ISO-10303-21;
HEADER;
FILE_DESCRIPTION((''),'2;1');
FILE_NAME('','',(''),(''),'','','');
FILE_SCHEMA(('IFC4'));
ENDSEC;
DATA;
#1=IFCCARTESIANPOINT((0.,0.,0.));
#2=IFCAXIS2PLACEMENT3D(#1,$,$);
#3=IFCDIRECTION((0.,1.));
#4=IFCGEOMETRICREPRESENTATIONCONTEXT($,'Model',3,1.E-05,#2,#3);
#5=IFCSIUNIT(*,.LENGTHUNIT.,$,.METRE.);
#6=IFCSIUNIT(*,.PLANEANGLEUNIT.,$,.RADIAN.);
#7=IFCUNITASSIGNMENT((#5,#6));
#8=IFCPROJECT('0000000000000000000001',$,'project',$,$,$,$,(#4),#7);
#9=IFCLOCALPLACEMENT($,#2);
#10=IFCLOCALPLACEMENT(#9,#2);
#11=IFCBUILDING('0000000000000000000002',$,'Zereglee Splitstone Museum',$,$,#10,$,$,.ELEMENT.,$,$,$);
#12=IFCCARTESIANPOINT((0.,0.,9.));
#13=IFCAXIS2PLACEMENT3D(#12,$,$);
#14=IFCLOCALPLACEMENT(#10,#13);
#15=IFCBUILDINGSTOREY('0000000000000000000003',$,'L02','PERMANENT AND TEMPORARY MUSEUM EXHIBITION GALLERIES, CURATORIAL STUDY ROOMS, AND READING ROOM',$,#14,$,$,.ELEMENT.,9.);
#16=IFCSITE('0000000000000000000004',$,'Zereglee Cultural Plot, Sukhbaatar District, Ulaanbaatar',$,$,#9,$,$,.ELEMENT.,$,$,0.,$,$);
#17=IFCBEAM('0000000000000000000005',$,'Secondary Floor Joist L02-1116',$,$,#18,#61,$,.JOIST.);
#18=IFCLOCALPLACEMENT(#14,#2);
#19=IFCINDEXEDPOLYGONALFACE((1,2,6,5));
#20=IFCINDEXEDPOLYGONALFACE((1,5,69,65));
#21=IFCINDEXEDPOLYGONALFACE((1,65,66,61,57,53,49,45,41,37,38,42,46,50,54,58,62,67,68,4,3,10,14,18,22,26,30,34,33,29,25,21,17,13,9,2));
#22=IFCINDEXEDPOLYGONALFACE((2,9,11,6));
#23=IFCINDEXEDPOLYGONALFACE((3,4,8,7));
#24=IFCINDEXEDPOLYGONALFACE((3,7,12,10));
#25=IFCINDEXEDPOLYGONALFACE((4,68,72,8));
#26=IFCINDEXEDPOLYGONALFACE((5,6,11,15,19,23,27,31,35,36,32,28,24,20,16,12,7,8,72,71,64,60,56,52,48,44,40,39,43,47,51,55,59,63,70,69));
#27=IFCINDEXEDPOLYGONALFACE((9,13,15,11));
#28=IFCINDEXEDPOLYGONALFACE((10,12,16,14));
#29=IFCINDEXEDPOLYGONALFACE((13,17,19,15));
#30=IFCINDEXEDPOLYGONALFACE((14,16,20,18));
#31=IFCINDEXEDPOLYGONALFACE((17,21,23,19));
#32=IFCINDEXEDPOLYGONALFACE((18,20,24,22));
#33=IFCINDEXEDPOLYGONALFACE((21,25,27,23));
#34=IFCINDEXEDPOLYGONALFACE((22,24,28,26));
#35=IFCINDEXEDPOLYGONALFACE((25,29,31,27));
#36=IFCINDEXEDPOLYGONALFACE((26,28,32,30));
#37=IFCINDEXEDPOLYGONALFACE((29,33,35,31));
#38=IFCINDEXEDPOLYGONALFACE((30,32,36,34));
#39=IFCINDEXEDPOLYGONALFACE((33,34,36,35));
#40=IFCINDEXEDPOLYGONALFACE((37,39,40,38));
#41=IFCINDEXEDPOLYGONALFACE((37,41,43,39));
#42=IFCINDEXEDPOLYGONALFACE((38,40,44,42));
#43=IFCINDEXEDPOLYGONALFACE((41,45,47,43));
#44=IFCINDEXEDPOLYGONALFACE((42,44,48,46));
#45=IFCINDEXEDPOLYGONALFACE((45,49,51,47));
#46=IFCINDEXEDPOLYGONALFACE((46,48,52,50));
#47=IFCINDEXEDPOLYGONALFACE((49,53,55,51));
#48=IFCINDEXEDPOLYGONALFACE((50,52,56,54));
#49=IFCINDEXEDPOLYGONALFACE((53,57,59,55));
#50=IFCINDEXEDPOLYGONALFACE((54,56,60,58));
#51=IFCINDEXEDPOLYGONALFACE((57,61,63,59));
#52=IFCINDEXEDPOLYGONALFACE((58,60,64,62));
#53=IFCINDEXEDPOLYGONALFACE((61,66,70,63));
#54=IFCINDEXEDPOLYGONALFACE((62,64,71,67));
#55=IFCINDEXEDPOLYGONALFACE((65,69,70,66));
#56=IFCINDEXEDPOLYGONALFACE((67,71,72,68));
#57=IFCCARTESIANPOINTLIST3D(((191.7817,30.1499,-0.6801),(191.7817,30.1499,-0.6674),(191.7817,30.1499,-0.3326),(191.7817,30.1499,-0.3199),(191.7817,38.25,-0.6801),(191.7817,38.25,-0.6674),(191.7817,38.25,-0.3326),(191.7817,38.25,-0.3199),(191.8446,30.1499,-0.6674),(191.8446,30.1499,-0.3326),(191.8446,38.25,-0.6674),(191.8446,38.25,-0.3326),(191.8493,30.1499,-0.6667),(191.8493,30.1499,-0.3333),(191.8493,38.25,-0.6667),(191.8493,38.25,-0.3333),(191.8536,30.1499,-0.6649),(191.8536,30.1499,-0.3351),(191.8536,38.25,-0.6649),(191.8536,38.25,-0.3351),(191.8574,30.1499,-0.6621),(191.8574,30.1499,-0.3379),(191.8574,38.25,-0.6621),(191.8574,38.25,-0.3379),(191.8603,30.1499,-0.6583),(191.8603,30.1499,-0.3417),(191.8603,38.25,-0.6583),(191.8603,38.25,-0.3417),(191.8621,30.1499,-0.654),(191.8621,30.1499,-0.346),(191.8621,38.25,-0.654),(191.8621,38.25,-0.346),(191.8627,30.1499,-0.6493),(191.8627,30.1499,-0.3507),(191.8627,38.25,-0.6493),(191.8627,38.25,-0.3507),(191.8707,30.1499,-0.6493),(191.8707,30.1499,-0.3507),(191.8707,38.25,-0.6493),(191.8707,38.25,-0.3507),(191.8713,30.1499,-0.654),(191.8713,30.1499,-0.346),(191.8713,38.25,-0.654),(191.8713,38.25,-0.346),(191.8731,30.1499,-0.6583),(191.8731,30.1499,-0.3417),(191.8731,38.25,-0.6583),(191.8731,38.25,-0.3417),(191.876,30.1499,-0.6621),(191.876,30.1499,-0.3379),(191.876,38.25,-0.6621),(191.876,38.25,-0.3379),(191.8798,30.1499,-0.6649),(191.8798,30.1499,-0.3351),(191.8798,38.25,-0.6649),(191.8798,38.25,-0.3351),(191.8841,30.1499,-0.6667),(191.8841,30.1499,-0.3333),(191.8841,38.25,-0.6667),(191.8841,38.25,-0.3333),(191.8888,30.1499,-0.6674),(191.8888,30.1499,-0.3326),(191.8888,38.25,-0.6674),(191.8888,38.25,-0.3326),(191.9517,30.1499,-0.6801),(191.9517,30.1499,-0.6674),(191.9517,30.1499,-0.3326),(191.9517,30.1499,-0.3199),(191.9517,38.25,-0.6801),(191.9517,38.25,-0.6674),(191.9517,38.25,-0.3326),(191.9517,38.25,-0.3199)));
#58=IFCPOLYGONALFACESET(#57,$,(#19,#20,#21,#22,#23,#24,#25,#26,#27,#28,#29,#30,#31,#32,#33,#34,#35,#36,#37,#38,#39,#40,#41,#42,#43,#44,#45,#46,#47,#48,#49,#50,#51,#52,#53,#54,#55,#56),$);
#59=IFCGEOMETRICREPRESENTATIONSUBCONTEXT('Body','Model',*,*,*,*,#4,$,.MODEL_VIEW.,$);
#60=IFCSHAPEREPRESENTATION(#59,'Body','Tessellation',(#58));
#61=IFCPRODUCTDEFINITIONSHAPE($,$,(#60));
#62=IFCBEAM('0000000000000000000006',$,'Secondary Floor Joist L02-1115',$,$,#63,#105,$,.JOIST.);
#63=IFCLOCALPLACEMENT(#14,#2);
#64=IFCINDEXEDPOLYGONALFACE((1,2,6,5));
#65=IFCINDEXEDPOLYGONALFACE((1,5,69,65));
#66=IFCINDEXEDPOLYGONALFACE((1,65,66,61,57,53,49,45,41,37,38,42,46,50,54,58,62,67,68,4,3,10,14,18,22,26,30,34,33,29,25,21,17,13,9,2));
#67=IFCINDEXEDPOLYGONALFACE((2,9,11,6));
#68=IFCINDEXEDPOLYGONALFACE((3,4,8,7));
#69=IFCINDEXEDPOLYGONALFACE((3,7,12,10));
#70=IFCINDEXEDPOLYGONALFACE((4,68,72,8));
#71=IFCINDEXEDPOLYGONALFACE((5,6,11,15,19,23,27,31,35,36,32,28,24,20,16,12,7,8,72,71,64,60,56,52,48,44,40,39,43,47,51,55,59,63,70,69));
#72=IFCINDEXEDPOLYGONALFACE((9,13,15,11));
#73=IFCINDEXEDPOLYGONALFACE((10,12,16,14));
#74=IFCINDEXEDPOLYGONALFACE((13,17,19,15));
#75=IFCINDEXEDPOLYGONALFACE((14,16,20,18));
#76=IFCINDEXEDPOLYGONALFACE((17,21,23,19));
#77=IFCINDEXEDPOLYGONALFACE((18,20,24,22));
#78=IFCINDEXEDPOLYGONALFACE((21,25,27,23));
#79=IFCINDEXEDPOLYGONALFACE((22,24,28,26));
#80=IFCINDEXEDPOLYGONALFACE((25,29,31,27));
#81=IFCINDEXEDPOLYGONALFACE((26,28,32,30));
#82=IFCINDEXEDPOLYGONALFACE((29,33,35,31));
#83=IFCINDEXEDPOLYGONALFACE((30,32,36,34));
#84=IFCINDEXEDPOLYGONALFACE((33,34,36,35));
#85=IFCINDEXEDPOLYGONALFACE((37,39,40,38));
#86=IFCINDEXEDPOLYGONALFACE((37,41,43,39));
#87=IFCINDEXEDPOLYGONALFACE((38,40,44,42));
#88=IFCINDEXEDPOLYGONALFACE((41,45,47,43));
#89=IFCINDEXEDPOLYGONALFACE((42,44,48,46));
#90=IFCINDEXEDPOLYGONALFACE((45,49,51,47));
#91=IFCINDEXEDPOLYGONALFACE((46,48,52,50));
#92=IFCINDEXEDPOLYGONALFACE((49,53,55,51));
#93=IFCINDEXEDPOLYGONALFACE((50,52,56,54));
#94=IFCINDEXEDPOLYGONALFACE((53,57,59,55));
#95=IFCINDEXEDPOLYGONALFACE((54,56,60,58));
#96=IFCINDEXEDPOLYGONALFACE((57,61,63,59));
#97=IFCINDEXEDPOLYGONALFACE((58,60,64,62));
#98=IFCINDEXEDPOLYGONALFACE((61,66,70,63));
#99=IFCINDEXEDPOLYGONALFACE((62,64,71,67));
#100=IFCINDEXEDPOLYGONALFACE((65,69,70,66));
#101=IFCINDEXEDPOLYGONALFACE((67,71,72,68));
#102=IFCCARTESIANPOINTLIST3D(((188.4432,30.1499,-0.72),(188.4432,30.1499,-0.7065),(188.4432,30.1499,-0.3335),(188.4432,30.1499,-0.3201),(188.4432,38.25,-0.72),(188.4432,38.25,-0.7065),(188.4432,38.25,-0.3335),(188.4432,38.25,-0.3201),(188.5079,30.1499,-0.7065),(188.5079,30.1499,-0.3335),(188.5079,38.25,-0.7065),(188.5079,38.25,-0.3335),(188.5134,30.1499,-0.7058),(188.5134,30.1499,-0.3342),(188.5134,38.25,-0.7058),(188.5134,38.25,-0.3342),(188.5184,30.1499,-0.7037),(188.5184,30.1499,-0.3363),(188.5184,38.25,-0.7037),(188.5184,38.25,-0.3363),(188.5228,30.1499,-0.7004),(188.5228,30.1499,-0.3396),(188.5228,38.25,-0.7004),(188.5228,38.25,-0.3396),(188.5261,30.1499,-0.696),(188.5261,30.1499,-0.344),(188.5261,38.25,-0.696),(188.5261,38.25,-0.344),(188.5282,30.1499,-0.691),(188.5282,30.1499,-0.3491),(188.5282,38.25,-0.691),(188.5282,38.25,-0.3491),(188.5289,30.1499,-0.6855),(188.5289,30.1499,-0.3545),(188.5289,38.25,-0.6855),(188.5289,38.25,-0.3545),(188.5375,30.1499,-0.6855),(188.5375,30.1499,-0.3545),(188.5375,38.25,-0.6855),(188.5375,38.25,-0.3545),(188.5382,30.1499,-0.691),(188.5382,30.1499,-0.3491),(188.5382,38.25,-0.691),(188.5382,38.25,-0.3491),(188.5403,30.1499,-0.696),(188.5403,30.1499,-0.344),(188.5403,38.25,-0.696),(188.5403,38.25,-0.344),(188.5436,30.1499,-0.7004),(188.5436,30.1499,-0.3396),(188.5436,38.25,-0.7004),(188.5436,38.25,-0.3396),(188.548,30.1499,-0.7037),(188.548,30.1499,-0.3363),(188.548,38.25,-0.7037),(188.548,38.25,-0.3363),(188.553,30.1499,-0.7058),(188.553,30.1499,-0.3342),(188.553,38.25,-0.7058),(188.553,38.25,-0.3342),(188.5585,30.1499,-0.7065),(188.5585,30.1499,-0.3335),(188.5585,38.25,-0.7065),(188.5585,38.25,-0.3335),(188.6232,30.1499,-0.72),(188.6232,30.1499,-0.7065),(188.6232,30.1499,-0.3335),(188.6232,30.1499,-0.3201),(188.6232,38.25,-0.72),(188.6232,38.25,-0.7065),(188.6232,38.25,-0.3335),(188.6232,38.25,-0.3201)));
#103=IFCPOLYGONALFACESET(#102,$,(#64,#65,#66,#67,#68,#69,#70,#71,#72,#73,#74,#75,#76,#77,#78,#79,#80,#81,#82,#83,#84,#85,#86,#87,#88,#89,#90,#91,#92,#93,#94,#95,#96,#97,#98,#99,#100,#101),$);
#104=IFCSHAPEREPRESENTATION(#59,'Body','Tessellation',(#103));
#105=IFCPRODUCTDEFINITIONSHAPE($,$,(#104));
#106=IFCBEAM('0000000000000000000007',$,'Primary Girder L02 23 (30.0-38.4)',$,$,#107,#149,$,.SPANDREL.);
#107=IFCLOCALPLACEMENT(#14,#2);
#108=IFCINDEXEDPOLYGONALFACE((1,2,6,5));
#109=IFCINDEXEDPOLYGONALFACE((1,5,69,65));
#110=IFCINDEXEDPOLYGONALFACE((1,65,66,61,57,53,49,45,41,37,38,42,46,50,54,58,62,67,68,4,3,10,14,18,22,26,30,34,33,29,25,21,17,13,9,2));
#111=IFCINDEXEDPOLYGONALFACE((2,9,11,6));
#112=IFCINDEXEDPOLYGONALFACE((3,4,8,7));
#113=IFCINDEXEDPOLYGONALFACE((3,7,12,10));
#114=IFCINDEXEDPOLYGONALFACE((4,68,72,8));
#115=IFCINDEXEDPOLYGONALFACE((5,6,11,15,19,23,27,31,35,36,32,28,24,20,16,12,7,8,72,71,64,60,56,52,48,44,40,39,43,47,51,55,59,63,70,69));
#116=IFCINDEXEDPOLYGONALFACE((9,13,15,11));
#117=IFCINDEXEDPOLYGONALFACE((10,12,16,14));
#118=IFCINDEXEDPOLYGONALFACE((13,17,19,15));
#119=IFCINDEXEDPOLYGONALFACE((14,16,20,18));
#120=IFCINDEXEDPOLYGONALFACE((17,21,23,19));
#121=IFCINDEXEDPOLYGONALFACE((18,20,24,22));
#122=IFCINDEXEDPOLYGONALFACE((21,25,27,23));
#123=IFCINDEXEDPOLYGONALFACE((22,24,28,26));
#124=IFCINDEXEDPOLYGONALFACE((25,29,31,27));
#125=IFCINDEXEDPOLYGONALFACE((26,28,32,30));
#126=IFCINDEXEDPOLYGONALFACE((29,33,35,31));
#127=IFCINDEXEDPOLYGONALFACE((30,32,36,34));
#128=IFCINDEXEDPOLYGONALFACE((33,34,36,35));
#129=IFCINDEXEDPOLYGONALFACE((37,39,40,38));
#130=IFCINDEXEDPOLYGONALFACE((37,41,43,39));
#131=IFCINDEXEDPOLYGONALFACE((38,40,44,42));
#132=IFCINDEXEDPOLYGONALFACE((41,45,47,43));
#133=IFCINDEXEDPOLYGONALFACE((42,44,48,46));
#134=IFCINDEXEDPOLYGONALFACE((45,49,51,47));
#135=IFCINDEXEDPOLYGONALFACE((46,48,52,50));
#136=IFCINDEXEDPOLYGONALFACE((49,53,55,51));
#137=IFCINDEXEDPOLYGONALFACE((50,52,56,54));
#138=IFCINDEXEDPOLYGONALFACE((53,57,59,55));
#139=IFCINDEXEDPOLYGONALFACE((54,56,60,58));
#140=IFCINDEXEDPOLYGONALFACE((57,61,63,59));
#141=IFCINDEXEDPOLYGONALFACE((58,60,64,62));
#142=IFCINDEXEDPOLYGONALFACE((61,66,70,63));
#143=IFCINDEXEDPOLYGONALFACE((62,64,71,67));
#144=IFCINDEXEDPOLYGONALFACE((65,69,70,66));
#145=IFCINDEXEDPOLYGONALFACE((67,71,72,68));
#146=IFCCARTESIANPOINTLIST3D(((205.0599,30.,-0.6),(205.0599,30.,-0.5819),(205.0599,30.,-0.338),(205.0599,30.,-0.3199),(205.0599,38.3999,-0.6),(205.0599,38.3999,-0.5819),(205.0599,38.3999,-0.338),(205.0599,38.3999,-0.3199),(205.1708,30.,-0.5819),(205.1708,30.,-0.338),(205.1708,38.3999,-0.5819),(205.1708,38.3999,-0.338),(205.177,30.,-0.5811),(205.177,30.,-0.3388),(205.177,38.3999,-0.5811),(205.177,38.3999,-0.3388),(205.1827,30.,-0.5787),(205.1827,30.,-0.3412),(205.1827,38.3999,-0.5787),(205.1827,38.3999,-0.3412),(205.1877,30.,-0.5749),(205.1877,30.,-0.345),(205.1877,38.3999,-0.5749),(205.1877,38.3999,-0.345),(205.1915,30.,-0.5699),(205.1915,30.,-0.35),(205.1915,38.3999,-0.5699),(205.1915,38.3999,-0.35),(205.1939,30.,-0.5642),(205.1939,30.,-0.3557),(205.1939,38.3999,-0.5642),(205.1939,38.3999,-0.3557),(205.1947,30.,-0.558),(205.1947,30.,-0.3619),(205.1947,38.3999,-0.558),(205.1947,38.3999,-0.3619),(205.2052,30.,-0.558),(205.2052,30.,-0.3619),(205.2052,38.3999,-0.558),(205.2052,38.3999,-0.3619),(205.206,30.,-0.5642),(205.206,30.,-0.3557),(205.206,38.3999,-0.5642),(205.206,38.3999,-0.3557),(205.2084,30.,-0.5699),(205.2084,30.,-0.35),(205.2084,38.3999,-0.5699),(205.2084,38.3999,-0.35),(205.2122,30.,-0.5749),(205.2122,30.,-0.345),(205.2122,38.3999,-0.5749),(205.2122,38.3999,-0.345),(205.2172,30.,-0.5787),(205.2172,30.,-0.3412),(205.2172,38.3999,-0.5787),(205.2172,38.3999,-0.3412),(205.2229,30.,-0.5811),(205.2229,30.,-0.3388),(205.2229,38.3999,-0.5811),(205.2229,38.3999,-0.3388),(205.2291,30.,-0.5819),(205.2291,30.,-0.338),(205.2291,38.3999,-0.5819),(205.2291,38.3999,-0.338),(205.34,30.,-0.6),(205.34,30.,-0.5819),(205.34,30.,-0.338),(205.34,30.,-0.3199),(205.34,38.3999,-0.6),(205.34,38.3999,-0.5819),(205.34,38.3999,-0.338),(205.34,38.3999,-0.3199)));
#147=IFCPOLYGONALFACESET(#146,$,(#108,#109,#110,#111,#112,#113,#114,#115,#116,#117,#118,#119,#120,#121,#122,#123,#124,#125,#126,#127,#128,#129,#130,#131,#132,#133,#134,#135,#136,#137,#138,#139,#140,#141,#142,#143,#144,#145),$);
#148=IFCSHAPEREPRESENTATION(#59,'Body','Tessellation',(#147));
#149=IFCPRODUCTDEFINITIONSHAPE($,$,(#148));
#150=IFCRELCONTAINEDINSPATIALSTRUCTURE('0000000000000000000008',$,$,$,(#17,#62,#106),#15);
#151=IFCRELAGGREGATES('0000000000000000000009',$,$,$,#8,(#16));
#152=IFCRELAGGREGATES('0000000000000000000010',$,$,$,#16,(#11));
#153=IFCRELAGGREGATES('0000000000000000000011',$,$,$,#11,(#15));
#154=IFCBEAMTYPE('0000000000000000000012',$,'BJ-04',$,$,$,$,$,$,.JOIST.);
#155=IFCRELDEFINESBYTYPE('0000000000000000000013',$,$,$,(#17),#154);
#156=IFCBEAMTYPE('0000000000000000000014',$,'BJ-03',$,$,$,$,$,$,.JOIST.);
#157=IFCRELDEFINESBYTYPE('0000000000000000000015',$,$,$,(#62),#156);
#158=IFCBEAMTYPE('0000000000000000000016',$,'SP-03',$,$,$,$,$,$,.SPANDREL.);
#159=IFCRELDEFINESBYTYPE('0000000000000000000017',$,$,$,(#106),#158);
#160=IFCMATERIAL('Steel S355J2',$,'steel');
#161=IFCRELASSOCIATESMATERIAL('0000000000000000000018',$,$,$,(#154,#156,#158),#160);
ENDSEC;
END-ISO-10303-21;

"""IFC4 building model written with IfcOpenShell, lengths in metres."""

from ifc_helpers import new_model, si_unit, direction, frame, origin, origin_2d, place, context, subcontext, project, spatial, i_section, extrude, material, material_profile, profile_set, type_object, element, save


model = new_model("IFC4")

# Units and contexts
model_context = context("Model", 3, precision=1e-05, world=origin(), true_north=direction((0.0, 1.0)))
body_context = subcontext(model_context, "Body", "Model", "MODEL_VIEW")
ifc_project = project(units=[si_unit("LENGTHUNIT", "METRE"), si_unit("PLANEANGLEUNIT", "RADIAN")], contexts=[model_context])

# Site, building, storey
site_placement = place(None, origin())
site = spatial("IfcSite", under=ifc_project, at=site_placement, Name="Zereglee Cultural Plot, Sukhbaatar District, Ulaanbaatar", CompositionType="ELEMENT", RefElevation=0.0)
building_placement = place(site_placement, origin())
building = spatial("IfcBuilding", under=site, at=building_placement, Name="Zereglee Splitstone Museum", CompositionType="ELEMENT")
storey_placement = place(building_placement, frame((0.0, 0.0, 9.0)))
storey = spatial("IfcBuildingStorey", under=building, at=storey_placement, Name="L02", Description="PERMANENT AND TEMPORARY MUSEUM EXHIBITION GALLERIES, CURATORIAL STUDY ROOMS, AND READING ROOM", CompositionType="ELEMENT", Elevation=9.0)

# Shared definitions
ifc_material_1 = material(Name="Steel S355J2", Category="steel")

# Beams
ifc_material_profile_1 = material_profile(ifc_material_1, i_section(OverallWidth=0.1699, OverallDepth=0.3601, WebThickness=0.0081, FlangeThickness=0.0127, FilletRadius=0.0181, at=origin_2d()), Name="IPE 360")
ifc_profile_set_1 = profile_set([ifc_material_profile_1], Name="Steel S355J2")
beam_type_1 = type_object("IfcBeamType", Name="BJ-04", PredefinedType="JOIST", material=ifc_profile_set_1)
beam_1_placement = place(storey_placement, frame((191.8667, 30.1499, -0.5), z_axis=(0.0, 1.0, 0.0), x_axis=(-1.0, 0.0, 0.0)))
element("IfcBeam", 1, at=beam_1_placement, inside=storey, type_object=beam_type_1, Name="Secondary Floor Joist L02-1116", PredefinedType="JOIST", context=body_context, shape_type="SweptSolid", body=[
    extrude(i_section(OverallWidth=0.1699, OverallDepth=0.3601, WebThickness=0.0081, FlangeThickness=0.0127, FilletRadius=0.0181, at=origin_2d()), origin(), (0.0, 0.0, 1.0), 8.1001),
])
ifc_material_profile_2 = material_profile(ifc_material_1, i_section(OverallWidth=0.1799, OverallDepth=0.3999, WebThickness=0.0085, FlangeThickness=0.0134, FilletRadius=0.021, at=origin_2d()), Name="IPE 400")
ifc_profile_set_2 = profile_set([ifc_material_profile_2], Name="Steel S355J2")
beam_type_2 = type_object("IfcBeamType", Name="BJ-03", PredefinedType="JOIST", material=ifc_profile_set_2)
beam_2_placement = place(storey_placement, frame((188.5332, 30.1499, -0.52), z_axis=(0.0, 1.0, 0.0), x_axis=(-1.0, 0.0, 0.0)))
element("IfcBeam", 2, at=beam_2_placement, inside=storey, type_object=beam_type_2, Name="Secondary Floor Joist L02-1115", PredefinedType="JOIST", context=body_context, shape_type="SweptSolid", body=[
    extrude(i_section(OverallWidth=0.1799, OverallDepth=0.3999, WebThickness=0.0085, FlangeThickness=0.0134, FilletRadius=0.021, at=origin_2d()), origin(), (0.0, 0.0, 1.0), 8.1001),
])
ifc_material_profile_3 = material_profile(ifc_material_1, i_section(OverallWidth=0.28, OverallDepth=0.28, WebThickness=0.0105, FlangeThickness=0.0181, FilletRadius=0.0239, at=origin_2d()), Name="HE 280 B")
ifc_profile_set_3 = profile_set([ifc_material_profile_3], Name="Steel S355J2")
beam_type_3 = type_object("IfcBeamType", Name="SP-03", PredefinedType="SPANDREL", material=ifc_profile_set_3)
beam_3_placement = place(storey_placement, frame((205.2, 30.0, -0.46), z_axis=(0.0, 1.0, 0.0), x_axis=(-1.0, 0.0, 0.0)))
element("IfcBeam", 3, at=beam_3_placement, inside=storey, type_object=beam_type_3, Name="Primary Girder L02 23 (30.0-38.4)", PredefinedType="SPANDREL", context=body_context, shape_type="SweptSolid", body=[
    extrude(i_section(OverallWidth=0.28, OverallDepth=0.28, WebThickness=0.0105, FlangeThickness=0.0181, FilletRadius=0.0239, at=origin_2d()), origin(), (0.0, 0.0, 1.0), 8.3999),
])

save(model, "model.ifc")
